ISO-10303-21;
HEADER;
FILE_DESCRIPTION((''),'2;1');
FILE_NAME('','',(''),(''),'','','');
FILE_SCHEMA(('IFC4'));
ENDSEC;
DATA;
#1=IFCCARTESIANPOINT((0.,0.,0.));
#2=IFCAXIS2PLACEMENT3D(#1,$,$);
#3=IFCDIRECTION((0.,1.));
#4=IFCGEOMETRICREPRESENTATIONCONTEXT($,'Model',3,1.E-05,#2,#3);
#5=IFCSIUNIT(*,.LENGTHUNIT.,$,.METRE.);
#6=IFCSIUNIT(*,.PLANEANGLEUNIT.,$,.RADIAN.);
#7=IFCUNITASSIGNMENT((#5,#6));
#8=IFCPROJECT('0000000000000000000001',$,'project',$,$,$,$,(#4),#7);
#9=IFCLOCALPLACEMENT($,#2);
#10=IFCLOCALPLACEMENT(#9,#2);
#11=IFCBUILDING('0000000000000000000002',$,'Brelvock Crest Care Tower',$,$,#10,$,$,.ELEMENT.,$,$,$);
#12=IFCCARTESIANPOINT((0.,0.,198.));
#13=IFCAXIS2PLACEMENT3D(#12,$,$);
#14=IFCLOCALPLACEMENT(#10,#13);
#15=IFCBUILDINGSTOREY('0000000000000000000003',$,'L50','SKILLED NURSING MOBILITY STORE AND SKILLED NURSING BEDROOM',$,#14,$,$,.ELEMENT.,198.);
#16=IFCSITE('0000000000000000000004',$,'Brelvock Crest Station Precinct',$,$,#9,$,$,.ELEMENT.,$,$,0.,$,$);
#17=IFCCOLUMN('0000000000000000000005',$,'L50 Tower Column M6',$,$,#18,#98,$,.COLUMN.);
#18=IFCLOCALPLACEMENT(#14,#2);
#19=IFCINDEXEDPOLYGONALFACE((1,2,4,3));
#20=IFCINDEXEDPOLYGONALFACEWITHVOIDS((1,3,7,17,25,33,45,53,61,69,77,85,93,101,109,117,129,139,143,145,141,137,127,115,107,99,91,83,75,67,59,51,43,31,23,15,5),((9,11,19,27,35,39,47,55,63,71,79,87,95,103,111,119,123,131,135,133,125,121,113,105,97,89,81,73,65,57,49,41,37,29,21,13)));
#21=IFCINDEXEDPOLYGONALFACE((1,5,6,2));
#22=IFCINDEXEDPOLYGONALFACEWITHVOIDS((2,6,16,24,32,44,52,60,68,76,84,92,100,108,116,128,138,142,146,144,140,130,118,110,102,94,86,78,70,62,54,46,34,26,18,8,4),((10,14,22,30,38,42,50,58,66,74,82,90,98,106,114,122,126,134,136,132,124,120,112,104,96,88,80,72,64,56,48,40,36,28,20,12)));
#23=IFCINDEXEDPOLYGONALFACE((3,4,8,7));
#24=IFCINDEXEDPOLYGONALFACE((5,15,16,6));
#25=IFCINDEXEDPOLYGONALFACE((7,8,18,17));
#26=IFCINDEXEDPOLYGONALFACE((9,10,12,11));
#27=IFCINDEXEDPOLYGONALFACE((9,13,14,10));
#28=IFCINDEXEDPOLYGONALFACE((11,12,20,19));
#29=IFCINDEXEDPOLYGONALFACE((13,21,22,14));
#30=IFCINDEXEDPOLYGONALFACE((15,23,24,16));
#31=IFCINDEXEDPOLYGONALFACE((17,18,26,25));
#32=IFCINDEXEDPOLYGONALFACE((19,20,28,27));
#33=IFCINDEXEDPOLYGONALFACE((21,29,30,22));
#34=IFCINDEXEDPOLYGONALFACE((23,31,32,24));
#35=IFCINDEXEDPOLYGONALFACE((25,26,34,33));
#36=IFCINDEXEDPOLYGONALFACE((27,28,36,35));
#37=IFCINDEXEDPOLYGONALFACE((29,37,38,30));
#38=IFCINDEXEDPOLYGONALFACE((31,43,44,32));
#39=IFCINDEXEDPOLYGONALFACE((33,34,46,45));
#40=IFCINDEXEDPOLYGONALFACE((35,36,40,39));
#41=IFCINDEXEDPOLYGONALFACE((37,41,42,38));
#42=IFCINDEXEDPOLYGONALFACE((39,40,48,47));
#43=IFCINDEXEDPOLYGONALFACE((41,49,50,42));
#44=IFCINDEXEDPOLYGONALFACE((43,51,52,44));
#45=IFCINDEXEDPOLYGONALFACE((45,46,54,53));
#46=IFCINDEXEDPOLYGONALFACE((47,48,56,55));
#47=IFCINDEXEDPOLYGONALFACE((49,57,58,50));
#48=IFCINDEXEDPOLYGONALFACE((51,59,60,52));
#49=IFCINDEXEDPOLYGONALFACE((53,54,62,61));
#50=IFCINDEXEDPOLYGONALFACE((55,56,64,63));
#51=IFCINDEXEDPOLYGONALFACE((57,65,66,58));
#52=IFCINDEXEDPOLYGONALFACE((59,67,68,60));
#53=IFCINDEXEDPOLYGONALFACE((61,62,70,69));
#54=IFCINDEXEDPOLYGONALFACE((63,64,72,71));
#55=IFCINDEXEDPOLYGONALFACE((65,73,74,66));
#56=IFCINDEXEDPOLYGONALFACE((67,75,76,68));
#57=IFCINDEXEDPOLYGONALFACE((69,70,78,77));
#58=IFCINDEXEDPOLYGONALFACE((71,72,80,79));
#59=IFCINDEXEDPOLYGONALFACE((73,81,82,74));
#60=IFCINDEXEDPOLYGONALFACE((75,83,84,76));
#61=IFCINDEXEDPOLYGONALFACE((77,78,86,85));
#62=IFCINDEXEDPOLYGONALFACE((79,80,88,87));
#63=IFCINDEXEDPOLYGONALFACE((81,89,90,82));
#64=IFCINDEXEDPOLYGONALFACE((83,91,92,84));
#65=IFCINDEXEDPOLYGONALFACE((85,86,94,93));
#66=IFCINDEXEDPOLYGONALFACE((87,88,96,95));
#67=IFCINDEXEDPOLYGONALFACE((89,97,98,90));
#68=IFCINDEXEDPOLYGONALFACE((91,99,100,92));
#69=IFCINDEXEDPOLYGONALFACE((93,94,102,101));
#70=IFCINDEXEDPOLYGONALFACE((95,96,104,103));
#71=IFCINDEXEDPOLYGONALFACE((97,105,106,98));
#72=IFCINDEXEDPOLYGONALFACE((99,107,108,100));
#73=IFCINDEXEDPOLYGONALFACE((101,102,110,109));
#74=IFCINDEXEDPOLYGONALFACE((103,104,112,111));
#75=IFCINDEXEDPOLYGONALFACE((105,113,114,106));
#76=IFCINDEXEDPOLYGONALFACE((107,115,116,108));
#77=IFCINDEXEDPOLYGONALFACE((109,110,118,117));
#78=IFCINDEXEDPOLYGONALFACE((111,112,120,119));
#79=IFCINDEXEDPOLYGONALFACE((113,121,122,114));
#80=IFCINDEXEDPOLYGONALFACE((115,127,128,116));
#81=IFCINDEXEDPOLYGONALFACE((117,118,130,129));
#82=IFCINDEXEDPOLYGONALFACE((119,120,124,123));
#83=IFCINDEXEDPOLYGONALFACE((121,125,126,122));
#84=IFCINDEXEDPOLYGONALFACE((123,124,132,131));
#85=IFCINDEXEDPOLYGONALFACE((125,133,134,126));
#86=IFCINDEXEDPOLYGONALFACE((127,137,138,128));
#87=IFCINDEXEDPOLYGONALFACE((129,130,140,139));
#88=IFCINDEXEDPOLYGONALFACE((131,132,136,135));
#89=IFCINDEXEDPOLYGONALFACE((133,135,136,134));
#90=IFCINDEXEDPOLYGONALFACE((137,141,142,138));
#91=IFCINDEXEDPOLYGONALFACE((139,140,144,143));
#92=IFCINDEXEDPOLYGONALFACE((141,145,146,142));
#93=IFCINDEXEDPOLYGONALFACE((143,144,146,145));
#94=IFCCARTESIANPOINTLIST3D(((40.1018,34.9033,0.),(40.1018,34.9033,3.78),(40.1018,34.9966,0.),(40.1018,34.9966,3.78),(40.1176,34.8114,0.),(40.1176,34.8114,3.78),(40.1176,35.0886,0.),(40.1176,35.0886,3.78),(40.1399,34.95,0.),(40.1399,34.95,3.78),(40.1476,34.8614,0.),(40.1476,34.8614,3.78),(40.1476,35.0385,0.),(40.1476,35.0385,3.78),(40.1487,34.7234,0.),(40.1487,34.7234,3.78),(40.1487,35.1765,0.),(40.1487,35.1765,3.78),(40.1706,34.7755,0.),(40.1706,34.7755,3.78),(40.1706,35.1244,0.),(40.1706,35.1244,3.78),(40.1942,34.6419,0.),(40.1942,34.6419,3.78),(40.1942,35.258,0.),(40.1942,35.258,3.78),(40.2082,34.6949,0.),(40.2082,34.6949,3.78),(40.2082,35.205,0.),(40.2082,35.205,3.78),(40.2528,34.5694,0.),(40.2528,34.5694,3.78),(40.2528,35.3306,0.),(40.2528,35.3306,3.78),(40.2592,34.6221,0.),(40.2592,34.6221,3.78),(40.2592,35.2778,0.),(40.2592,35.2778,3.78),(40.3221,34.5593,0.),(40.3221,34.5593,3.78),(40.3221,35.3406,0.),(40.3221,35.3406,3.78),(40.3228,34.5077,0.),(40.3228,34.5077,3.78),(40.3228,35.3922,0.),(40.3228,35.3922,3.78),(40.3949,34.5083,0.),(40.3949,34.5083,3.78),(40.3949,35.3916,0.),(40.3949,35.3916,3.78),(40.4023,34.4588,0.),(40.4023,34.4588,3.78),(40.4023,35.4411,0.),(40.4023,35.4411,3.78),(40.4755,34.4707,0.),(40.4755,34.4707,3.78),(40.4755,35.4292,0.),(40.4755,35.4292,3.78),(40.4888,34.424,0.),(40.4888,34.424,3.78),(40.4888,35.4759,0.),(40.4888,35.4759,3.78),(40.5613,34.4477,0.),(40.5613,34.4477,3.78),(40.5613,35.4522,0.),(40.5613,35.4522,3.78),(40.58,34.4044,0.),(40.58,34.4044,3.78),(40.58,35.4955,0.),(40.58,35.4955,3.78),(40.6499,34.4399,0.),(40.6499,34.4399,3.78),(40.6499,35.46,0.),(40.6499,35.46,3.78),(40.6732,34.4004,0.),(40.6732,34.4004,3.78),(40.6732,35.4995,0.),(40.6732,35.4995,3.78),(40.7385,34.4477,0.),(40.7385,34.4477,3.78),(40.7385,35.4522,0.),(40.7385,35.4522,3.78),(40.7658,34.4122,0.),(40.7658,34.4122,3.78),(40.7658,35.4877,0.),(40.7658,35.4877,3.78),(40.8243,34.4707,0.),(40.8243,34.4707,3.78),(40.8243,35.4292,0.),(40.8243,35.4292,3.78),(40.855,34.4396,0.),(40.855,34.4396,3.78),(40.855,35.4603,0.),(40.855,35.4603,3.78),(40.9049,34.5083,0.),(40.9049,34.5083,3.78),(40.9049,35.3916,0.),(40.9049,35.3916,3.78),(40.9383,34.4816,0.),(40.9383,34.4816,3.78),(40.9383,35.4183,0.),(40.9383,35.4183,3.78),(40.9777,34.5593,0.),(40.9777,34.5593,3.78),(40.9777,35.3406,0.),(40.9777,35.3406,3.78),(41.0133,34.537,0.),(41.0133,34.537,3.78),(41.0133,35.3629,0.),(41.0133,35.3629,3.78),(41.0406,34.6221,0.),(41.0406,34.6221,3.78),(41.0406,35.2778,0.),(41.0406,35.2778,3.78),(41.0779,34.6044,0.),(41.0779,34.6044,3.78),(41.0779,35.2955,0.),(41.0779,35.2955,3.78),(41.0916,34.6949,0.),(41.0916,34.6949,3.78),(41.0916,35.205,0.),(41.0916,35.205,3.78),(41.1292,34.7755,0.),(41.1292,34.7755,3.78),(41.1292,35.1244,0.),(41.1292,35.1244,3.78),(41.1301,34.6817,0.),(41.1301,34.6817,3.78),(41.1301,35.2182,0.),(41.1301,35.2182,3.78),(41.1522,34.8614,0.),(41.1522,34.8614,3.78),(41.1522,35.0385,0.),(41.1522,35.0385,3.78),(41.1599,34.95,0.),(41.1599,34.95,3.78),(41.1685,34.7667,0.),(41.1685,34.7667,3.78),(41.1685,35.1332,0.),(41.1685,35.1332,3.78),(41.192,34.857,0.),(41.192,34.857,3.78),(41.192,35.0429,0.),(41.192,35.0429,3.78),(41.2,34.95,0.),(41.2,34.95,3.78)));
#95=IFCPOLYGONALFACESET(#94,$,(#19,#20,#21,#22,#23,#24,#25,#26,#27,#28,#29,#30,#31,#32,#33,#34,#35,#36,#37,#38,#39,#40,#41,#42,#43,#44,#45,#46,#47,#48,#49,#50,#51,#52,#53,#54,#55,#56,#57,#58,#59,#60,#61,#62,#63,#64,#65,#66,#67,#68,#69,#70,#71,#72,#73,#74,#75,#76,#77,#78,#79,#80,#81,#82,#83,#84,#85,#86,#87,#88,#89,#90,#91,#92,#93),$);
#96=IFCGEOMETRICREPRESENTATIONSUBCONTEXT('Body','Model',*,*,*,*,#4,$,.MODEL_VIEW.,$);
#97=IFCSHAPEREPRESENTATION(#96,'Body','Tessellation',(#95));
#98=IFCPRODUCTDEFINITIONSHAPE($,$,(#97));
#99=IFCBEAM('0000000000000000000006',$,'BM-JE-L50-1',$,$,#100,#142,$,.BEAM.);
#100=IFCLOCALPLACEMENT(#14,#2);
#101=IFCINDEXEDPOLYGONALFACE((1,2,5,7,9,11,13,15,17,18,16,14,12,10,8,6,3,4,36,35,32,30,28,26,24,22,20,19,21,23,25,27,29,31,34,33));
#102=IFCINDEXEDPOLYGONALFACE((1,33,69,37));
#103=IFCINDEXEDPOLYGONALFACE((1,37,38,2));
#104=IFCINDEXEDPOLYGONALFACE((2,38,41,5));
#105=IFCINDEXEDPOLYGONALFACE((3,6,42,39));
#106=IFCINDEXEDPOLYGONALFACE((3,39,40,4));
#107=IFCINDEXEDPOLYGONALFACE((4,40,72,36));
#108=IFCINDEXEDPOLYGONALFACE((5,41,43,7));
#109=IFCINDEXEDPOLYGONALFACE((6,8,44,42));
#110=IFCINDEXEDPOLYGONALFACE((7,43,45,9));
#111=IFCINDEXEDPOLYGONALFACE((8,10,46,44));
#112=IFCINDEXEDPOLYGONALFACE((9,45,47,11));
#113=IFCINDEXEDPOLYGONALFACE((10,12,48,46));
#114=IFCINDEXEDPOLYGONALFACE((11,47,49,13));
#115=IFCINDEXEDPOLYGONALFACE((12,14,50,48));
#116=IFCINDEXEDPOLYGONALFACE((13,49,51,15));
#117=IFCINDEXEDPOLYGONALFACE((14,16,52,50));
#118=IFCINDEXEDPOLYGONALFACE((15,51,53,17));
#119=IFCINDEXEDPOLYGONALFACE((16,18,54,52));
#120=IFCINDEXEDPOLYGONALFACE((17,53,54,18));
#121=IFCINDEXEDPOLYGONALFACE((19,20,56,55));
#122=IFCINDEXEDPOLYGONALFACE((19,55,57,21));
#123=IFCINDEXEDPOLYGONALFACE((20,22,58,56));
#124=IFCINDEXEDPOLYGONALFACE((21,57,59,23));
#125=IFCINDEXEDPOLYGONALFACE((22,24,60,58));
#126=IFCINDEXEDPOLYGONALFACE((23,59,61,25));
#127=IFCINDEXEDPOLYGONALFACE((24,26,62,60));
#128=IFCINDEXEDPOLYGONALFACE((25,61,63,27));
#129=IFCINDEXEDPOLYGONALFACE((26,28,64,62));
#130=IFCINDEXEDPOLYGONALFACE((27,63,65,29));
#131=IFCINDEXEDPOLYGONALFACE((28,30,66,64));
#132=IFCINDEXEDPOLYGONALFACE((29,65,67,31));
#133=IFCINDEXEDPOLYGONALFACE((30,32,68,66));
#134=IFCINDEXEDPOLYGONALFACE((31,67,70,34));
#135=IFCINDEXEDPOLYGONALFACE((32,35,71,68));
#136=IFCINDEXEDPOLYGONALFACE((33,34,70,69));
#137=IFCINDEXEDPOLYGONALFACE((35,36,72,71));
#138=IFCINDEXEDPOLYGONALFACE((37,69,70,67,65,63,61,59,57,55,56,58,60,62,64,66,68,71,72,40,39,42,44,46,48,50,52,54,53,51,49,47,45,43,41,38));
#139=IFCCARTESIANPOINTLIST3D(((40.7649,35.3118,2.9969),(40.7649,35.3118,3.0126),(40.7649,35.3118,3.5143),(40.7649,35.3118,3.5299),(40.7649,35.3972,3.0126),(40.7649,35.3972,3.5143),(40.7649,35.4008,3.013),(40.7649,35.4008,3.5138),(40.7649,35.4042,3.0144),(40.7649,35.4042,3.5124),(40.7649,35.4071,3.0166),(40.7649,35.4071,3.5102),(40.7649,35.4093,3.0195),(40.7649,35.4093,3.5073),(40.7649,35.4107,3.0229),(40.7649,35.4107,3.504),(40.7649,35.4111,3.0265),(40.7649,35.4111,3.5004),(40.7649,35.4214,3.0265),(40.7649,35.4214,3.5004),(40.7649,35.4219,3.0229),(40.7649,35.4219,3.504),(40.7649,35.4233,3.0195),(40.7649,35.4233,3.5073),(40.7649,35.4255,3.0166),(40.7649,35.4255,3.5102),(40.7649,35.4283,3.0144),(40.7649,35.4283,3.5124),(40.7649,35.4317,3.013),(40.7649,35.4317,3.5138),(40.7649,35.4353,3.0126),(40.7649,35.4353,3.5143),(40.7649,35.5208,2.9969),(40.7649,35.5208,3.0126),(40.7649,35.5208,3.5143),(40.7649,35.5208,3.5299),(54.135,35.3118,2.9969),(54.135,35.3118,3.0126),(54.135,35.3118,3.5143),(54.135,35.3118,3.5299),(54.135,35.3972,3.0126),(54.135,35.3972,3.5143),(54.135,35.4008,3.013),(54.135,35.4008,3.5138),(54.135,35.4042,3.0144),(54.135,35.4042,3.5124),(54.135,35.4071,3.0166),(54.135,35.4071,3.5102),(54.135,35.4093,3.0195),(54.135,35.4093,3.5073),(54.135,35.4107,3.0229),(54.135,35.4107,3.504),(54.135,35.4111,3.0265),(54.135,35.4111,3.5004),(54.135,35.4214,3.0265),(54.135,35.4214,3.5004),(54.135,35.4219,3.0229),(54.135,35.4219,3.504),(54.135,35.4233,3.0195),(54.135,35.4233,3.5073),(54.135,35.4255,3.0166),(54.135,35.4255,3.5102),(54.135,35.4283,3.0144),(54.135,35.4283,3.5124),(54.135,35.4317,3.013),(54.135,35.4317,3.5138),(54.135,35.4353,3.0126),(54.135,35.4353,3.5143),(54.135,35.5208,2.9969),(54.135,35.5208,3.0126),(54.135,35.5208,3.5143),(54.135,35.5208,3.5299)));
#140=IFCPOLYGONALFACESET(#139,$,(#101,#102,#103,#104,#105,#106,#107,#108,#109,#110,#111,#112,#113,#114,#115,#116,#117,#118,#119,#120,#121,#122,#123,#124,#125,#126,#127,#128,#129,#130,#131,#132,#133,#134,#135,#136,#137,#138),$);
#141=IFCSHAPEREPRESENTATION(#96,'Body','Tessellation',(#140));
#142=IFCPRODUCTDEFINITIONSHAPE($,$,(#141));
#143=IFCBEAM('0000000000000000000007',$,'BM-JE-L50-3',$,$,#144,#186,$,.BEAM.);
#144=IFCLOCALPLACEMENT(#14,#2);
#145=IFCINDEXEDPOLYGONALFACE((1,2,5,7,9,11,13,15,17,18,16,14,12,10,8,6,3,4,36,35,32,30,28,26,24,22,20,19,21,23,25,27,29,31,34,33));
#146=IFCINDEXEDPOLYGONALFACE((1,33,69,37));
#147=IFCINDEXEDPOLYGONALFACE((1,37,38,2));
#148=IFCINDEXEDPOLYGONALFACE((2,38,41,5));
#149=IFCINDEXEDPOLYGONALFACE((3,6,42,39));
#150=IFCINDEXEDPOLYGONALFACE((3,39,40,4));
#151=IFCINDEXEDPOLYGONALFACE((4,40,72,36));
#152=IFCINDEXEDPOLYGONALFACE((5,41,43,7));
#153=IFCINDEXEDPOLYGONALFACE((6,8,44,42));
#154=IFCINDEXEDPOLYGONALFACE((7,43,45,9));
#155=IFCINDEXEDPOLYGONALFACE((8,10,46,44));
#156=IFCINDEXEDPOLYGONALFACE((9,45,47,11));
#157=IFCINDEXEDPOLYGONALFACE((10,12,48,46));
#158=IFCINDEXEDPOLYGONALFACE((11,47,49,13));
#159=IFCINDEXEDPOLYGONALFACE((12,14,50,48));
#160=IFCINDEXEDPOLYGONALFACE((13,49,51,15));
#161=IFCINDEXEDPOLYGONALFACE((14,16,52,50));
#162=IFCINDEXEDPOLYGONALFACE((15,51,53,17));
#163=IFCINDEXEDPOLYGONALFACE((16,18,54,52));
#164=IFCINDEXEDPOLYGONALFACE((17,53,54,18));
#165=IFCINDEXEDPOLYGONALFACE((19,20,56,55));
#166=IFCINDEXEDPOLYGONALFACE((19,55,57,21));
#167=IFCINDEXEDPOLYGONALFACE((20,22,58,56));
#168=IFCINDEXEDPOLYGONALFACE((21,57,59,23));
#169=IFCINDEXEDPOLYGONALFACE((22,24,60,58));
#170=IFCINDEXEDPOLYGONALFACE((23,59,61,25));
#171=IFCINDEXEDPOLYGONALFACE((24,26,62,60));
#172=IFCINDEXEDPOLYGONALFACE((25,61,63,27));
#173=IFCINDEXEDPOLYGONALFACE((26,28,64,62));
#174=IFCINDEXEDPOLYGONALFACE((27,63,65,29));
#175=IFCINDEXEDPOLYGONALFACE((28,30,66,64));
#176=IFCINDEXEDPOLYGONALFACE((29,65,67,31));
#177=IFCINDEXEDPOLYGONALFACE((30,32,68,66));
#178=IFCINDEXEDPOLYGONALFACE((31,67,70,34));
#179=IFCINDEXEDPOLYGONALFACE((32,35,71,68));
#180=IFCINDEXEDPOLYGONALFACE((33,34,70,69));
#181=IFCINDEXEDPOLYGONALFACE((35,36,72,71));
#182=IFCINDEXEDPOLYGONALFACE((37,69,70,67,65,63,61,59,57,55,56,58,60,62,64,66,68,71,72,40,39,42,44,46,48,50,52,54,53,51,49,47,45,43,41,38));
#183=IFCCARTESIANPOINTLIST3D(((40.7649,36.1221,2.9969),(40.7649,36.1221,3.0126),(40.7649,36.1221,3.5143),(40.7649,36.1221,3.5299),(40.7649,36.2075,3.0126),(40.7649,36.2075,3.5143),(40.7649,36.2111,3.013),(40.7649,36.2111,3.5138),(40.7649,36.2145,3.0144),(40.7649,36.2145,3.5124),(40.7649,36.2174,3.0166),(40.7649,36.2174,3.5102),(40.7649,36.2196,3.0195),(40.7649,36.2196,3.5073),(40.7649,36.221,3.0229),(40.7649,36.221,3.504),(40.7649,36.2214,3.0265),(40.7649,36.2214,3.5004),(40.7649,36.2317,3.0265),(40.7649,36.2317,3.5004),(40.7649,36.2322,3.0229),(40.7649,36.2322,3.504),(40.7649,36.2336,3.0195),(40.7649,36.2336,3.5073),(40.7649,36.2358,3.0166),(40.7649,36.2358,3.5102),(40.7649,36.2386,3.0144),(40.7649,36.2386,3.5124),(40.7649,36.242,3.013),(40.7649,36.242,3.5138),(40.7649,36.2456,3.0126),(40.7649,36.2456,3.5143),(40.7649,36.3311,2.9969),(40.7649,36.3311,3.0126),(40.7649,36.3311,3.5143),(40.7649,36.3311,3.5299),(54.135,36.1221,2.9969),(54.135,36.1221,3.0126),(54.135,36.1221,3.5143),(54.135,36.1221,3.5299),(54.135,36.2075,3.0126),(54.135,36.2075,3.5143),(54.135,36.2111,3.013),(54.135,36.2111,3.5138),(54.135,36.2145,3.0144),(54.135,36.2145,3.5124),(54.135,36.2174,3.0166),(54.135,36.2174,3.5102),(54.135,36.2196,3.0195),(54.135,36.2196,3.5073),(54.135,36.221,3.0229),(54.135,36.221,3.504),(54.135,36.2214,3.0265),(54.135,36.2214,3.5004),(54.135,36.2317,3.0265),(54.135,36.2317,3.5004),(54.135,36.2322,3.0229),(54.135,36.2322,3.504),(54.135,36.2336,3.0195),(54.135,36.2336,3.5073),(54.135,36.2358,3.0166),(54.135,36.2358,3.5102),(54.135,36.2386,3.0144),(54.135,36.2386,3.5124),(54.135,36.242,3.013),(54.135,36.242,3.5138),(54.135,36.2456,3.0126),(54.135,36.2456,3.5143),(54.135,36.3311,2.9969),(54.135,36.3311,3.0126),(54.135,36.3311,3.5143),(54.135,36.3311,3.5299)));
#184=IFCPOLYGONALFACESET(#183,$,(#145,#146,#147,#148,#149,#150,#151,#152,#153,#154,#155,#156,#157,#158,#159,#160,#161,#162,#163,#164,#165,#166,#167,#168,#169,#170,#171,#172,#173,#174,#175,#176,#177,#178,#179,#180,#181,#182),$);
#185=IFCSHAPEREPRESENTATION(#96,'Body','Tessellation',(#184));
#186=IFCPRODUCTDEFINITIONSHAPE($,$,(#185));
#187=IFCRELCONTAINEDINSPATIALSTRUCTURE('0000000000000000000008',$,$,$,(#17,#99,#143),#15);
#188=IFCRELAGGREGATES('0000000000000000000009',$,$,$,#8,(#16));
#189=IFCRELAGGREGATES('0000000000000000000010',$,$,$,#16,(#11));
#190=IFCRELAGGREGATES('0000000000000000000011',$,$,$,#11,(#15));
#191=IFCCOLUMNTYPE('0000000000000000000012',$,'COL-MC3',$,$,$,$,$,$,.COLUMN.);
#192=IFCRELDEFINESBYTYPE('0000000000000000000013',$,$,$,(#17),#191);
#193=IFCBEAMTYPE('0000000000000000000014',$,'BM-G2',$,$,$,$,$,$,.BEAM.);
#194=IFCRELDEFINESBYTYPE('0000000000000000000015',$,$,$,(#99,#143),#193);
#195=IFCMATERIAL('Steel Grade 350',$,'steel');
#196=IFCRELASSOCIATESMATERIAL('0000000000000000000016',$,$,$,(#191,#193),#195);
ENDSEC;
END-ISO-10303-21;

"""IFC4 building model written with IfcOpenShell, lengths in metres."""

from ifc_helpers import new_model, si_unit, direction, frame, origin, origin_2d, place, context, subcontext, project, spatial, hollow_circle, i_section, extrude, source, transform, mapped, material, material_profile, profile_set, type_object, element, save


model = new_model("IFC4")

# Units and contexts
model_context = context("Model", 3, precision=1e-05, world=origin(), true_north=direction((0.0, 1.0)))
body_context = subcontext(model_context, "Body", "Model", "MODEL_VIEW")
ifc_project = project(units=[si_unit("LENGTHUNIT", "METRE"), si_unit("PLANEANGLEUNIT", "RADIAN")], contexts=[model_context])

# Site, building, storey
site_placement = place(None, origin())
site = spatial("IfcSite", under=ifc_project, at=site_placement, Name="Brelvock Crest Station Precinct", CompositionType="ELEMENT", RefElevation=0.0)
building_placement = place(site_placement, origin())
building = spatial("IfcBuilding", under=site, at=building_placement, Name="Brelvock Crest Care Tower", CompositionType="ELEMENT")
storey_placement = place(building_placement, frame((0.0, 0.0, 198.0)))
storey = spatial("IfcBuildingStorey", under=building, at=storey_placement, Name="L50", Description="SKILLED NURSING MOBILITY STORE AND SKILLED NURSING BEDROOM", CompositionType="ELEMENT", Elevation=198.0)

# Column
ifc_material_1 = material(Name="Steel Grade 350", Category="steel")
ifc_material_profile_1 = material_profile(ifc_material_1, hollow_circle(Radius=0.55, WallThickness=0.04, at=origin_2d()), Name="CFT1100x40")
ifc_profile_set_1 = profile_set([ifc_material_profile_1], Name="Steel Grade 350")
column_type = type_object("IfcColumnType", Name="COL-MC3", PredefinedType="COLUMN", material=ifc_profile_set_1)
shared_shape_1 = source(origin(), body_context, "Body", "SweptSolid", [
    extrude(hollow_circle(Radius=0.55, WallThickness=0.04, at=origin_2d()), origin(), (0.0, 0.0, 1.0), 3.78),
])
column_placement = place(storey_placement, frame((40.6499, 34.95, 0.0), z_axis=(0.0, 0.0, 1.0), x_axis=(1.0, 0.0, 0.0)))
element("IfcColumn", 1, at=column_placement, inside=storey, type_object=column_type, Name="L50 Tower Column M6", PredefinedType="COLUMN", context=body_context, shape_type="MappedRepresentation", body=[
    mapped(shared_shape_1, transform((0.0, 0.0, 0.0), x_axis=(1.0, 0.0, 0.0), y_axis=(0.0, 1.0, 0.0), z_axis=(0.0, 0.0, 1.0), scale=1.0)),
])

# Beams
ifc_material_profile_2 = material_profile(ifc_material_1, i_section(OverallWidth=0.209, OverallDepth=0.533, WebThickness=0.0103, FlangeThickness=0.0156, FilletRadius=0.0139, at=origin_2d()), Name="530UB92.4")
ifc_profile_set_2 = profile_set([ifc_material_profile_2], Name="Steel Grade 350")
beam_type_1 = type_object("IfcBeamType", Name="BM-G2", PredefinedType="BEAM", material=ifc_profile_set_2)
shared_shape_2 = source(origin(), body_context, "Body", "SweptSolid", [
    extrude(i_section(OverallWidth=0.209, OverallDepth=0.533, WebThickness=0.0103, FlangeThickness=0.0156, FilletRadius=0.0139, at=origin_2d()), origin(), (0.0, 0.0, 1.0), 13.3701),
])
for number, where, z_axis, x_axis, name in (
    (2, (40.7649, 35.4163, 3.2634), (1.0, 0.0, 0.0), (0.0, 1.0, 0.0), "BM-JE-L50-1"),
    (3, (40.7649, 36.2266, 3.2634), (1.0, 0.0, 0.0), (0.0, 1.0, 0.0), "BM-JE-L50-3"),
):
    element("IfcBeam", number, at=place(storey_placement, frame(where, z_axis=z_axis, x_axis=x_axis)), inside=storey, type_object=beam_type_1, Name=name, PredefinedType="BEAM", context=body_context, shape_type="MappedRepresentation", body=[
        mapped(shared_shape_2, transform((0.0, 0.0, 0.0), x_axis=(1.0, 0.0, 0.0), y_axis=(0.0, 1.0, 0.0), z_axis=(0.0, 0.0, 1.0), scale=1.0)),
    ])

save(model, "model.ifc")
